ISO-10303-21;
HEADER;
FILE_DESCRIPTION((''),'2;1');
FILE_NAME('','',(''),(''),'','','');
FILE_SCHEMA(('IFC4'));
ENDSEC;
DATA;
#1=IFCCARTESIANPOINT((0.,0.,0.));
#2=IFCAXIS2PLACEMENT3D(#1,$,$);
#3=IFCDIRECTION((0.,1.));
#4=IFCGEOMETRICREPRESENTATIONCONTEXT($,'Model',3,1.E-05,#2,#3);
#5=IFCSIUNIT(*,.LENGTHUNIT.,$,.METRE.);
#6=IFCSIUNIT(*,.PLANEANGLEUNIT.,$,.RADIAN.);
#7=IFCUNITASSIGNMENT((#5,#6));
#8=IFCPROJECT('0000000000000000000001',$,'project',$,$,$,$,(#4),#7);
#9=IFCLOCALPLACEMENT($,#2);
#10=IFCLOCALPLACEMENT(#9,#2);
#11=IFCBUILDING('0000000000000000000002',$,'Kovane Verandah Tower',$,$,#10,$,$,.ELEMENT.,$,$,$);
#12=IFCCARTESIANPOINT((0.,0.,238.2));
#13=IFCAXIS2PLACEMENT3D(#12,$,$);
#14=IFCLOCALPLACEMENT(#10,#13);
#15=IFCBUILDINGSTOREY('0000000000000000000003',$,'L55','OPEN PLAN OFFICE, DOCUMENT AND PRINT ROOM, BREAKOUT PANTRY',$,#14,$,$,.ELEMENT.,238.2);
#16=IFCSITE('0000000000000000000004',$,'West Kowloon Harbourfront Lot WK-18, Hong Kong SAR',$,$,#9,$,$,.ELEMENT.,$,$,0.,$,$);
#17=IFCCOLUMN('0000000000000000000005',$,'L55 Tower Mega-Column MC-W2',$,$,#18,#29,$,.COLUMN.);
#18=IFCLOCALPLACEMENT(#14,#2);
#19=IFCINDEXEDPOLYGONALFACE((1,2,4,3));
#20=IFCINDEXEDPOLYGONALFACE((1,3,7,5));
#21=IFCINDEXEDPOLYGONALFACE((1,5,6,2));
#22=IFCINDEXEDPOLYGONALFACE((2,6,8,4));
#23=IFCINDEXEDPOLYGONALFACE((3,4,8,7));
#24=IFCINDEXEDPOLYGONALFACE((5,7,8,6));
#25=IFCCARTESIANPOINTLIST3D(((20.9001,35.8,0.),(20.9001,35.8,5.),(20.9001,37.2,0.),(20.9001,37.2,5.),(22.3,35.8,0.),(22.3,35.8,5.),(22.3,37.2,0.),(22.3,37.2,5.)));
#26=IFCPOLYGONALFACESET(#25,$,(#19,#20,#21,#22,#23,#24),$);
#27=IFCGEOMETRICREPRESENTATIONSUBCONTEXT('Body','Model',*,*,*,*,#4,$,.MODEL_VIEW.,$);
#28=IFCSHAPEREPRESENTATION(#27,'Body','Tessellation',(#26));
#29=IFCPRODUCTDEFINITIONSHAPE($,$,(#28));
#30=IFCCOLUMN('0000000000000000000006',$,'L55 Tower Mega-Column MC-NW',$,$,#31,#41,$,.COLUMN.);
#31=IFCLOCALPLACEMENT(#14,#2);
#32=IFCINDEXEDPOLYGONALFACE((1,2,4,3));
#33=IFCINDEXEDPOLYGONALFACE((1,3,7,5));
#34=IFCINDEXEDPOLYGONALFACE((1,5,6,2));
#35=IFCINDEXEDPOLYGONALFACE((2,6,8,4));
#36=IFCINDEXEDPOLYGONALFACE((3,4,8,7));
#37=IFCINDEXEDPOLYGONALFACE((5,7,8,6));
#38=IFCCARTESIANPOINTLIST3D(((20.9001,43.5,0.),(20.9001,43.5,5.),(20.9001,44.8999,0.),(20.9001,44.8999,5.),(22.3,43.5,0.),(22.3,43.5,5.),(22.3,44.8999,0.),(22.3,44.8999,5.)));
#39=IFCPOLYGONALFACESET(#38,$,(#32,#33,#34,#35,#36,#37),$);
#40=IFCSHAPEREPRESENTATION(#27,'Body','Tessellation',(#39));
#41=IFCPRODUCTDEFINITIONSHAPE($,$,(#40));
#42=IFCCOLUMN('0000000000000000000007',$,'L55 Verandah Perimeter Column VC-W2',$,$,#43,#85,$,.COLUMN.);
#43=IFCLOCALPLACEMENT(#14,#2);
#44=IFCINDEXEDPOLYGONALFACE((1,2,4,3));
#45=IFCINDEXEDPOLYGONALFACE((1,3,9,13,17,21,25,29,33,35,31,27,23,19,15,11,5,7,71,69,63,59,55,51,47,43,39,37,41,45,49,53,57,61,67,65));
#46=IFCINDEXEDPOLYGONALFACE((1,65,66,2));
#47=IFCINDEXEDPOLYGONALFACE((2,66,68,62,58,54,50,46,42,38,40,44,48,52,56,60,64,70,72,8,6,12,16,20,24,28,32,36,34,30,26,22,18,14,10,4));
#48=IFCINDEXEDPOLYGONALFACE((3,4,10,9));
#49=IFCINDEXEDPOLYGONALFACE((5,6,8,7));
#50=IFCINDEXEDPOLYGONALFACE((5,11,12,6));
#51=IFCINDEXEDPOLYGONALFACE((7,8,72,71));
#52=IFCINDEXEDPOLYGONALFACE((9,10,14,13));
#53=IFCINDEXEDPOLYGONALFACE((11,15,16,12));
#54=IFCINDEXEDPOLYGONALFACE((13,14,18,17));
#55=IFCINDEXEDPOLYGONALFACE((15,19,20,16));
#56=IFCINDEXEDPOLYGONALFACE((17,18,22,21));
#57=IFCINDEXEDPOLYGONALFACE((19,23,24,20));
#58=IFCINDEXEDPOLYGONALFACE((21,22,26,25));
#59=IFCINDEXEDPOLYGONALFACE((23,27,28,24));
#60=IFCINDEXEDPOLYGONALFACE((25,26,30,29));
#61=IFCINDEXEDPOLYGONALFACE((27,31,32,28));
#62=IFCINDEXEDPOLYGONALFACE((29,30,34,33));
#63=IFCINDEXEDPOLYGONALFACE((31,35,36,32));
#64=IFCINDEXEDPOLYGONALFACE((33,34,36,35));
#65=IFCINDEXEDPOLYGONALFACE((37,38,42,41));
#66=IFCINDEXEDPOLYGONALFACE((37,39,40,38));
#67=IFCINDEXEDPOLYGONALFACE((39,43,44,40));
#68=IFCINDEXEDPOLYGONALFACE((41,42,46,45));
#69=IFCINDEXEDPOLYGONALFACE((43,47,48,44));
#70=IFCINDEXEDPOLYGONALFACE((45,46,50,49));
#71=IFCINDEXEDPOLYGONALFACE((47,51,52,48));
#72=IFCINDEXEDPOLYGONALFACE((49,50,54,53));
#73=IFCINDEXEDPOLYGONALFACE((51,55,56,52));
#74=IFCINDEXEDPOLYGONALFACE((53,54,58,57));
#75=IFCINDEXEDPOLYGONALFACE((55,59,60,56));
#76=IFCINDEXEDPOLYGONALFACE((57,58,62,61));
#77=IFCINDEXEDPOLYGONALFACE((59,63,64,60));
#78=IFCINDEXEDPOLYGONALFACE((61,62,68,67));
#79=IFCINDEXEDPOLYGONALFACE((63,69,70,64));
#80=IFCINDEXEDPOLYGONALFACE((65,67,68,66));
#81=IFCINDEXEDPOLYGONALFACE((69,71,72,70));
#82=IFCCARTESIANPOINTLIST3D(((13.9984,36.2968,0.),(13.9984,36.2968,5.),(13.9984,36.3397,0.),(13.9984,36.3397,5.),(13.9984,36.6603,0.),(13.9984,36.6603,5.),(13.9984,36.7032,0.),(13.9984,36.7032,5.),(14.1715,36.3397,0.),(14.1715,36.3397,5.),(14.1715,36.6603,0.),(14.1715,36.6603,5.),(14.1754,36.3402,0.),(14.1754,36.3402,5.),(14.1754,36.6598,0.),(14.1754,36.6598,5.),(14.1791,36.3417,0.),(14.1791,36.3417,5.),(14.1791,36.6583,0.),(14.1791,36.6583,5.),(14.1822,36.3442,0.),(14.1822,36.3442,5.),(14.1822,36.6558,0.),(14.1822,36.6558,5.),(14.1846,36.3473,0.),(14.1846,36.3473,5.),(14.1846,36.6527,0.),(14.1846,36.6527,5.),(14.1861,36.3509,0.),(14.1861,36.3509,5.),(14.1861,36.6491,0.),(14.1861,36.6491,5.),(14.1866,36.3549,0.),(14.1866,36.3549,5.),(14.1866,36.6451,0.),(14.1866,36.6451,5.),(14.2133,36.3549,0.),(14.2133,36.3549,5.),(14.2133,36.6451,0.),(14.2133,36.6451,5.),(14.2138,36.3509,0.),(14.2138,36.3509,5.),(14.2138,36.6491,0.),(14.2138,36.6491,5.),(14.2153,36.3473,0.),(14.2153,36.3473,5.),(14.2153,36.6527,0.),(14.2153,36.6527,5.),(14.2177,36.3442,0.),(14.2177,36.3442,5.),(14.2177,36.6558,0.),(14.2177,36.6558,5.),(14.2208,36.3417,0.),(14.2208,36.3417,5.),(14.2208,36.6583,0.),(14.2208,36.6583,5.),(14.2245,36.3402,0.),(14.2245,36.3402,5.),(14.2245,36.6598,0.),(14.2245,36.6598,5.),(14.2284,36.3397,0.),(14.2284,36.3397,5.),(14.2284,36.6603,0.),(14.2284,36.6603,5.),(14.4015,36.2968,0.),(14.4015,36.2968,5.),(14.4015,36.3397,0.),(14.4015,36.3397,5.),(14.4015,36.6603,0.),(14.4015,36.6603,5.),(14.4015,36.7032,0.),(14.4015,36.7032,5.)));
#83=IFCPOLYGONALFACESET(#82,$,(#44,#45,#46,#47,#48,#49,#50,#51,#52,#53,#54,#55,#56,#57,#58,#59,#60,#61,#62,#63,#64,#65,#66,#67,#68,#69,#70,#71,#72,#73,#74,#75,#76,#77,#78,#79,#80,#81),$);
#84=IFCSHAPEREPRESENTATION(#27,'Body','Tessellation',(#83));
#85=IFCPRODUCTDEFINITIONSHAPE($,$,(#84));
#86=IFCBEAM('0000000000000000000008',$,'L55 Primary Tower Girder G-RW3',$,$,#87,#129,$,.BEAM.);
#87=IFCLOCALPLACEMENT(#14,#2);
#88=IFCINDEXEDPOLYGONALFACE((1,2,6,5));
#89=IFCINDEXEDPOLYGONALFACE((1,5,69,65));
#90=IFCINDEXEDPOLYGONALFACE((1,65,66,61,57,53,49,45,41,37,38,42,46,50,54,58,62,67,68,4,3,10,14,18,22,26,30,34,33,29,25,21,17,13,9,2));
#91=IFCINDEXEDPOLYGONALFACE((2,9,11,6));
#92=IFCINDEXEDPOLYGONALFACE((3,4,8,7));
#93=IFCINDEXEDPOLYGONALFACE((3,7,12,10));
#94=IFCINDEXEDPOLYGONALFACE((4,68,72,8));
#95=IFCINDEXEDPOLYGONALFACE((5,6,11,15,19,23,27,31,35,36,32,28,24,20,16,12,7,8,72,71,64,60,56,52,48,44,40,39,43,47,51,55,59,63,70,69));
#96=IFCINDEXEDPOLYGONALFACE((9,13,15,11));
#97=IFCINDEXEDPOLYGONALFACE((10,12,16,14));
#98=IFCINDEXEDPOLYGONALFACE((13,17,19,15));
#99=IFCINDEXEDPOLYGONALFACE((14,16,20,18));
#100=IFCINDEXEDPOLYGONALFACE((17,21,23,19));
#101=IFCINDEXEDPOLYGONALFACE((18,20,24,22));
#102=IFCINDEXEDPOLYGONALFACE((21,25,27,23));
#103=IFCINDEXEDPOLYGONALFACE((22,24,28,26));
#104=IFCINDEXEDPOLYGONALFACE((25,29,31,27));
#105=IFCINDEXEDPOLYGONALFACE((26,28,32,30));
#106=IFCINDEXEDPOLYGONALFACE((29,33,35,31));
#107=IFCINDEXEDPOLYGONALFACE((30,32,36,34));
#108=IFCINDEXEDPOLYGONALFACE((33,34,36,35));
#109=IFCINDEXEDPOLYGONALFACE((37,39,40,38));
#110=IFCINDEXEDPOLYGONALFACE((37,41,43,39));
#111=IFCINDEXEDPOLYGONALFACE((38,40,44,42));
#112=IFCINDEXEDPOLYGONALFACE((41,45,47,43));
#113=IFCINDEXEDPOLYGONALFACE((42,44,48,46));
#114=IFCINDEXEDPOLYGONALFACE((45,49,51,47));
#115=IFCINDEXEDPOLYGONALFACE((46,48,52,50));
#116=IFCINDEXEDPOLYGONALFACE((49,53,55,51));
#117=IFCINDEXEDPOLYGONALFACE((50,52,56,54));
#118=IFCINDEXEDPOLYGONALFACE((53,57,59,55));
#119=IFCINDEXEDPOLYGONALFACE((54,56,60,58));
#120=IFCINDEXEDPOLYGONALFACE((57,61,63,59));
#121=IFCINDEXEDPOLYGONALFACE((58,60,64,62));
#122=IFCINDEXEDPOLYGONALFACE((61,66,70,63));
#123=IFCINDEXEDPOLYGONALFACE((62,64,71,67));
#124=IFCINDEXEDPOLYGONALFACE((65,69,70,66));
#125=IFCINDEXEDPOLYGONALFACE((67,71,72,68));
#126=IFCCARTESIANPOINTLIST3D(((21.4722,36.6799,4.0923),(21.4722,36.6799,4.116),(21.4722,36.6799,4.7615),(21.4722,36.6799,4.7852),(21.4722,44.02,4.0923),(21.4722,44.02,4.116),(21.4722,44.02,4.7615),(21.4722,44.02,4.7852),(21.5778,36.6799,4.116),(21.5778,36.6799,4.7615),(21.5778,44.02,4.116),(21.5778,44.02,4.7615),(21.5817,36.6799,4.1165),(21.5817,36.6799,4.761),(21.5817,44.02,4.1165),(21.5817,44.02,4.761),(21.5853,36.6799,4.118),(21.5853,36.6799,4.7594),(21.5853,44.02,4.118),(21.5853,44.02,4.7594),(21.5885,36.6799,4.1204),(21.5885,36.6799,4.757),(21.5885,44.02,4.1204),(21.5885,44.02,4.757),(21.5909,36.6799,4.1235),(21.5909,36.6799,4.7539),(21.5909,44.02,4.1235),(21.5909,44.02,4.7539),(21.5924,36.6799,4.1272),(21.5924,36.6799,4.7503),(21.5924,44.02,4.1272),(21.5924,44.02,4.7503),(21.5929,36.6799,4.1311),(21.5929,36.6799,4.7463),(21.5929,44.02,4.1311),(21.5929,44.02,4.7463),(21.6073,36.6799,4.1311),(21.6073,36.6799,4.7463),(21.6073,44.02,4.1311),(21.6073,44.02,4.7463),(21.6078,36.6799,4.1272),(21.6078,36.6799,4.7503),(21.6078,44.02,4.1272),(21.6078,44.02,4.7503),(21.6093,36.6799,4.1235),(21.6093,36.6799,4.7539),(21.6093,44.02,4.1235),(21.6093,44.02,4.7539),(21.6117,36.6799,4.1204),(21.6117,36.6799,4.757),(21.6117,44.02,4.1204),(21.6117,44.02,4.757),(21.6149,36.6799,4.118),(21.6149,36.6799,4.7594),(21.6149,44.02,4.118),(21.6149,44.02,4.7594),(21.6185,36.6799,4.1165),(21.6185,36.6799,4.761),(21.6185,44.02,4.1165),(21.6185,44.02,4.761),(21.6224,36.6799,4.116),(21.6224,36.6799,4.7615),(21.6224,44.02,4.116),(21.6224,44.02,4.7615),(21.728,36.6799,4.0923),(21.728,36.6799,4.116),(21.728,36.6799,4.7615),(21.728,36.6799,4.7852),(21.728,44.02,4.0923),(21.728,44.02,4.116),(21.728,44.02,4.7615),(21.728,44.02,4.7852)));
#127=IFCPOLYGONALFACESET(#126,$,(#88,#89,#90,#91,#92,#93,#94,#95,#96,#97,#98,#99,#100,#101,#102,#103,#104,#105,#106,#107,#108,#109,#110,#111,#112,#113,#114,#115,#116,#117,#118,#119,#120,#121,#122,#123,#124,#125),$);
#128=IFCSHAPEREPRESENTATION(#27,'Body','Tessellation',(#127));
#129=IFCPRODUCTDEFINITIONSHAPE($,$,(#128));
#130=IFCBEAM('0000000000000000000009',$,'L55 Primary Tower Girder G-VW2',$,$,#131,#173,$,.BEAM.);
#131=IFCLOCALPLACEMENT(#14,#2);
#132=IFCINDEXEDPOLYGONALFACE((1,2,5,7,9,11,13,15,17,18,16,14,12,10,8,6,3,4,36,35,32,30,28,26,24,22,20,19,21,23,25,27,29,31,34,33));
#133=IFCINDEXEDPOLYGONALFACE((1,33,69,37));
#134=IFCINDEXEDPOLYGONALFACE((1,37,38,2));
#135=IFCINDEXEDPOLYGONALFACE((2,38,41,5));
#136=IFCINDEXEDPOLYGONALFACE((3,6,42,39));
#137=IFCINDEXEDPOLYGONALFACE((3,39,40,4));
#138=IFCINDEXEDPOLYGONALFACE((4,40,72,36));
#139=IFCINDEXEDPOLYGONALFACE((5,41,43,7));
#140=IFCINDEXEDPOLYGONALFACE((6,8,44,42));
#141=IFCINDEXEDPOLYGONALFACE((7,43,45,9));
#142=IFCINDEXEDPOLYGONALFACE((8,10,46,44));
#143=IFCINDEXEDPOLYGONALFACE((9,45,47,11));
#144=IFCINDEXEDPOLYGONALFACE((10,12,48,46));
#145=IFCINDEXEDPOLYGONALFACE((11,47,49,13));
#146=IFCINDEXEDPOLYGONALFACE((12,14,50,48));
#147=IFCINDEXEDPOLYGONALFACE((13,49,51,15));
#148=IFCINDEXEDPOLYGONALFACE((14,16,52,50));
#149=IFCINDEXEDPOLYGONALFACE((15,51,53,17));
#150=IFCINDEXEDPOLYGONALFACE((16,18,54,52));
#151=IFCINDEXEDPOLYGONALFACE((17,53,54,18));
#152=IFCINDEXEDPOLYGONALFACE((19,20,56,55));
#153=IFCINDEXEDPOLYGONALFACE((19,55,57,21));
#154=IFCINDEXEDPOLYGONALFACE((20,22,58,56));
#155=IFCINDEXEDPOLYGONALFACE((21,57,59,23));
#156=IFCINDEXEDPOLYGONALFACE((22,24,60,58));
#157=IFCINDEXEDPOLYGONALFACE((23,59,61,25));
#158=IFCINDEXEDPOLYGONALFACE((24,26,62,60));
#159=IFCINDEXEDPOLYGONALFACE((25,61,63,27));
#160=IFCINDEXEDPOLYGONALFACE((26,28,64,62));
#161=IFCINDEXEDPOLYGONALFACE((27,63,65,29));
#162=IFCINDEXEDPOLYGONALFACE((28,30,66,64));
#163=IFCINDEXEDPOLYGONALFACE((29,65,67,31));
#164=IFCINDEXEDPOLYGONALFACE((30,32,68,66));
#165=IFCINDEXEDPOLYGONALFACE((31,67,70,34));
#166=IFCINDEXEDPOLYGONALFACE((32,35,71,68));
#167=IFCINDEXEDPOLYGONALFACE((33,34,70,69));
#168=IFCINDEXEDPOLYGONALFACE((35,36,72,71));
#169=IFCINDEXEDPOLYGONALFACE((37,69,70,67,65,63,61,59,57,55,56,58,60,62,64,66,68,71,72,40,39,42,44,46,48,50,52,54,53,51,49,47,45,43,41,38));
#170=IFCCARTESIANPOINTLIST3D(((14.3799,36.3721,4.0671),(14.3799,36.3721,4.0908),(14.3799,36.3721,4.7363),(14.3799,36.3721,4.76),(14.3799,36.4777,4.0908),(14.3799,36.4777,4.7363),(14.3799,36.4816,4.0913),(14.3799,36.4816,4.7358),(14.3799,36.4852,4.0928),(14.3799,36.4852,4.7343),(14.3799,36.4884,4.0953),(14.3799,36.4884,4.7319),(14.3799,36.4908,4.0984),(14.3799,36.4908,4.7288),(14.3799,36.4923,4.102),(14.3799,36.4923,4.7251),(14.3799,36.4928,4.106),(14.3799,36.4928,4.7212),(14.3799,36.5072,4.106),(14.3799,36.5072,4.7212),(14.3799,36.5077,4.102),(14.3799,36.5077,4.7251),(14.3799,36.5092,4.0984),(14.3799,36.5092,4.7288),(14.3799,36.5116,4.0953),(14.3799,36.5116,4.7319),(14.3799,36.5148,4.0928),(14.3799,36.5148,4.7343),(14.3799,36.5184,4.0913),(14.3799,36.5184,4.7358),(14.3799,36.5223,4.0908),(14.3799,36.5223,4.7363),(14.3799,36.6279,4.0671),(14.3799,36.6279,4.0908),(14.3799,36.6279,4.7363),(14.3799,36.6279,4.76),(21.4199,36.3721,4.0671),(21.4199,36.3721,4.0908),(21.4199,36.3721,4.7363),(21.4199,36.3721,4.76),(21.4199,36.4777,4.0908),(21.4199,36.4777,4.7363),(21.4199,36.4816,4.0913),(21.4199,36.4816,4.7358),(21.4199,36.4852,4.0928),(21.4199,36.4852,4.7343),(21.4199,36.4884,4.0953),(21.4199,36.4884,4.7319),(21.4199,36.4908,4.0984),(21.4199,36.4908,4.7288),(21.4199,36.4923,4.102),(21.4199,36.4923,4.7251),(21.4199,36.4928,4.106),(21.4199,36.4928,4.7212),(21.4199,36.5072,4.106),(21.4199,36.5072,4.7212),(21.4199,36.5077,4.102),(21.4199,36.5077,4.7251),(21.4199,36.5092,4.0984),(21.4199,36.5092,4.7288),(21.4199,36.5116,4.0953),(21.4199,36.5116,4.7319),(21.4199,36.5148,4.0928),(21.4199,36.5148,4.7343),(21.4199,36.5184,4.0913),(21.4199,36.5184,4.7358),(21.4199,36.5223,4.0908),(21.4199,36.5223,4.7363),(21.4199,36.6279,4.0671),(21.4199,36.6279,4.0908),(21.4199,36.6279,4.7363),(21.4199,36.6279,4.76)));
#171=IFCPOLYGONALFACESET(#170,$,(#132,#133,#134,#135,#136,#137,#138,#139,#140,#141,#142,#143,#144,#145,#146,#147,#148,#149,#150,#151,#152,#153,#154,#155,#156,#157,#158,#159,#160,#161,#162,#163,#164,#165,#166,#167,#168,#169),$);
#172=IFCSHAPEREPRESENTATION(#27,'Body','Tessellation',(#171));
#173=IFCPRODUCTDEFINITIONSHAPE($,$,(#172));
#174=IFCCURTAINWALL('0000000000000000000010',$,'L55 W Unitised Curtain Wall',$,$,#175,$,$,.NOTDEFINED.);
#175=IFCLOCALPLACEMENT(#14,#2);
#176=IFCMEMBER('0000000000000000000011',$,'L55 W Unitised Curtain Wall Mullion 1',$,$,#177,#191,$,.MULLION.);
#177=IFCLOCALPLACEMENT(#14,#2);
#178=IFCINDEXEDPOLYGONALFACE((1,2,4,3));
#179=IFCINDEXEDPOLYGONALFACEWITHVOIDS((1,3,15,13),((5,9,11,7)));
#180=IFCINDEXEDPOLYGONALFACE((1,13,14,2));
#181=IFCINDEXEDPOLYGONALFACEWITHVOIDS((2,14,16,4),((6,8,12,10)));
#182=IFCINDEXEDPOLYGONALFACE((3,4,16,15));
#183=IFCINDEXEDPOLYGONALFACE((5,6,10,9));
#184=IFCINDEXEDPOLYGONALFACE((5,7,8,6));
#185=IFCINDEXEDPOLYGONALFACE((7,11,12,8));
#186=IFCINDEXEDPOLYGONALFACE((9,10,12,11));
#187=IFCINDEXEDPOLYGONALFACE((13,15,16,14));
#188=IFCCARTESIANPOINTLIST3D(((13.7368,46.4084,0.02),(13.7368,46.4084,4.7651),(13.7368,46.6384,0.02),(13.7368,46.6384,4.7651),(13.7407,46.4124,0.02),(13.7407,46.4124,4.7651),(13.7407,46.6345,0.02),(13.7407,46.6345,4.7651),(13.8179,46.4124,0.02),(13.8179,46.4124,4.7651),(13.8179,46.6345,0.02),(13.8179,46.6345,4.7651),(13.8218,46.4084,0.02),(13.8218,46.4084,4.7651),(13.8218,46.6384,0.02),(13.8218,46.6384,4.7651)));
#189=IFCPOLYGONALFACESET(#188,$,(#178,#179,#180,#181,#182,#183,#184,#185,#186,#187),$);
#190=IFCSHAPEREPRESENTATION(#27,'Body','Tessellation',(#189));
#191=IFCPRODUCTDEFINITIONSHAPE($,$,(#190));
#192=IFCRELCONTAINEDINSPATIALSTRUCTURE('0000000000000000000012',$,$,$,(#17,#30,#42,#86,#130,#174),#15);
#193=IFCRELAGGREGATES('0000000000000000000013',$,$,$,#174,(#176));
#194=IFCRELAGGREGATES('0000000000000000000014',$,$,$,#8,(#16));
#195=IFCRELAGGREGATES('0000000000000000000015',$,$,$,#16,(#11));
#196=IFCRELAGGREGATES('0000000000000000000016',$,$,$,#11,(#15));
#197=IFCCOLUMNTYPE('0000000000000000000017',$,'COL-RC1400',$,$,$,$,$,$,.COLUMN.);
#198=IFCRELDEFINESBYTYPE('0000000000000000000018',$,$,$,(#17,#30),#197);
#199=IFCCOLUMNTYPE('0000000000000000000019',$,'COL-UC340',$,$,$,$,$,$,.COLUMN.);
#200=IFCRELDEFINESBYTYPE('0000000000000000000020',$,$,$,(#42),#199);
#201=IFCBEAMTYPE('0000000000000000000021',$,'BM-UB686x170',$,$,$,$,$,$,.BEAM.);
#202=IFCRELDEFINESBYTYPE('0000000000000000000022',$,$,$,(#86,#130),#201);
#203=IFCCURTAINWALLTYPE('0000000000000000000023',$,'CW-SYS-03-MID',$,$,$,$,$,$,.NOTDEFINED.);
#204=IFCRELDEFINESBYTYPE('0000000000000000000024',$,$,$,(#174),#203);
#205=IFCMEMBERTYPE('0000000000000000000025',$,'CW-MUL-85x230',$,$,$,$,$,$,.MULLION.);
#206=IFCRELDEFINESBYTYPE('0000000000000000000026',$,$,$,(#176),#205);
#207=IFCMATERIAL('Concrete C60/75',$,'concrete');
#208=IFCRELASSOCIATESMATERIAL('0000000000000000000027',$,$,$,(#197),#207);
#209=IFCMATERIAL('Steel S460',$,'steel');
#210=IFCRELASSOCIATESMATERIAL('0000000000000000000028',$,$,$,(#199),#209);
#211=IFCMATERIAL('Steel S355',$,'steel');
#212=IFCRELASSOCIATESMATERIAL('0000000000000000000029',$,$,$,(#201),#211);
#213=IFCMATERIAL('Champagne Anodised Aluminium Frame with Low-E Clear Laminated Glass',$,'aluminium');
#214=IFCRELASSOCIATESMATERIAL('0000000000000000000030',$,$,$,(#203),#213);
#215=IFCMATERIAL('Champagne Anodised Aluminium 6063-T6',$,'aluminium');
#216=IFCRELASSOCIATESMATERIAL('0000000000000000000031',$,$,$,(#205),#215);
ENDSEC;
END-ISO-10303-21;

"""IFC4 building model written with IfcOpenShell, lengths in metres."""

from ifc_helpers import new_model, si_unit, direction, frame, origin, origin_2d, place, context, subcontext, project, spatial, rectangle, hollow_rectangle, i_section, extrude, material, material_profile, profile_set, type_object, element, aggregate, save


model = new_model("IFC4")

# Units and contexts
model_context = context("Model", 3, precision=1e-05, world=origin(), true_north=direction((0.0, 1.0)))
body_context = subcontext(model_context, "Body", "Model", "MODEL_VIEW")
ifc_project = project(units=[si_unit("LENGTHUNIT", "METRE"), si_unit("PLANEANGLEUNIT", "RADIAN")], contexts=[model_context])

# Site, building, storey
site_placement = place(None, origin())
site = spatial("IfcSite", under=ifc_project, at=site_placement, Name="West Kowloon Harbourfront Lot WK-18, Hong Kong SAR", CompositionType="ELEMENT", RefElevation=0.0)
building_placement = place(site_placement, origin())
building = spatial("IfcBuilding", under=site, at=building_placement, Name="Kovane Verandah Tower", CompositionType="ELEMENT")
storey_placement = place(building_placement, frame((0.0, 0.0, 238.2)))
storey = spatial("IfcBuildingStorey", under=building, at=storey_placement, Name="L55", Description="OPEN PLAN OFFICE, DOCUMENT AND PRINT ROOM, BREAKOUT PANTRY", CompositionType="ELEMENT", Elevation=238.2)

# Columns
ifc_material_1 = material(Name="Concrete C60/75", Category="concrete")
ifc_material_profile_1 = material_profile(ifc_material_1, rectangle(XDim=1.3999, YDim=1.3999, at=origin_2d()), Name="RC1400x1400")
ifc_profile_set_1 = profile_set([ifc_material_profile_1], Name="Concrete C60/75")
column_type_1 = type_object("IfcColumnType", Name="COL-RC1400", PredefinedType="COLUMN", material=ifc_profile_set_1)
for number, where, z_axis, x_axis, name in (
    (1, (21.6001, 36.5, 0.0), (0.0, 0.0, 1.0), (1.0, 0.0, 0.0), "L55 Tower Mega-Column MC-W2"),
    (2, (21.6001, 44.2, 0.0), (0.0, 0.0, 1.0), (1.0, 0.0, 0.0), "L55 Tower Mega-Column MC-NW"),
):
    element("IfcColumn", number, at=place(storey_placement, frame(where, z_axis=z_axis, x_axis=x_axis)), inside=storey, type_object=column_type_1, Name=name, PredefinedType="COLUMN", context=body_context, shape_type="SweptSolid", body=[
        extrude(rectangle(XDim=1.3999, YDim=1.3999, at=origin_2d()), origin(), (0.0, 0.0, 1.0), 5.0),
    ])
ifc_material_2 = material(Name="Steel S460", Category="steel")
ifc_material_profile_2 = material_profile(ifc_material_2, i_section(OverallWidth=0.4031, OverallDepth=0.4065, WebThickness=0.0266, FlangeThickness=0.043, FilletRadius=0.0151, at=origin_2d()), Name="UC356x406x340")
ifc_profile_set_2 = profile_set([ifc_material_profile_2], Name="Steel S460")
column_type_2 = type_object("IfcColumnType", Name="COL-UC340", PredefinedType="COLUMN", material=ifc_profile_set_2)
column_placement = place(storey_placement, frame((14.2, 36.5, 0.0), z_axis=(0.0, 0.0, 1.0), x_axis=(1.0, 0.0, 0.0)))
element("IfcColumn", 3, at=column_placement, inside=storey, type_object=column_type_2, Name="L55 Verandah Perimeter Column VC-W2", PredefinedType="COLUMN", context=body_context, shape_type="SweptSolid", body=[
    extrude(i_section(OverallWidth=0.4031, OverallDepth=0.4065, WebThickness=0.0266, FlangeThickness=0.043, FilletRadius=0.0151, at=origin_2d()), origin(), (0.0, 0.0, 1.0), 5.0),
])

# Beams
ifc_material_3 = material(Name="Steel S355", Category="steel")
ifc_material_profile_3 = material_profile(ifc_material_3, i_section(OverallWidth=0.2559, OverallDepth=0.6929, WebThickness=0.0144, FlangeThickness=0.0237, FilletRadius=0.0151, at=origin_2d()), Name="UB686x254x170")
ifc_profile_set_3 = profile_set([ifc_material_profile_3], Name="Steel S355")
beam_type = type_object("IfcBeamType", Name="BM-UB686x170", PredefinedType="BEAM", material=ifc_profile_set_3)
beam_1_placement = place(storey_placement, frame((21.6001, 36.6799, 4.4387), z_axis=(0.0, 1.0, 0.0), x_axis=(-1.0, 0.0, 0.0)))
element("IfcBeam", 4, at=beam_1_placement, inside=storey, type_object=beam_type, Name="L55 Primary Tower Girder G-RW3", PredefinedType="BEAM", context=body_context, shape_type="SweptSolid", body=[
    extrude(i_section(OverallWidth=0.2559, OverallDepth=0.6929, WebThickness=0.0144, FlangeThickness=0.0237, FilletRadius=0.0151, at=origin_2d()), origin(), (0.0, 0.0, 1.0), 7.3401),
])
beam_2_placement = place(storey_placement, frame((21.4199, 36.5, 4.4136), z_axis=(-1.0, 0.0, 0.0), x_axis=(0.0, -1.0, 0.0)))
element("IfcBeam", 5, at=beam_2_placement, inside=storey, type_object=beam_type, Name="L55 Primary Tower Girder G-VW2", PredefinedType="BEAM", context=body_context, shape_type="SweptSolid", body=[
    extrude(i_section(OverallWidth=0.2559, OverallDepth=0.6929, WebThickness=0.0144, FlangeThickness=0.0237, FilletRadius=0.0151, at=origin_2d()), origin(), (0.0, 0.0, 1.0), 7.04),
])

# Curtain wall, member
ifc_material_4 = material(Name="Champagne Anodised Aluminium Frame with Low-E Clear Laminated Glass", Category="aluminium")
curtain_wall_type = type_object("IfcCurtainWallType", Name="CW-SYS-03-MID", PredefinedType="NOTDEFINED", material=ifc_material_4)
curtain_wall_placement = place(storey_placement, origin())
curtain_wall = element("IfcCurtainWall", 6, at=curtain_wall_placement, inside=storey, type_object=curtain_wall_type, Name="L55 W Unitised Curtain Wall", PredefinedType="NOTDEFINED")
ifc_material_5 = material(Name="Champagne Anodised Aluminium 6063-T6", Category="aluminium")
ifc_material_profile_4 = material_profile(ifc_material_5, hollow_rectangle(XDim=0.085, YDim=0.23, WallThickness=0.0039, at=origin_2d()), Name="AL85x230x4")
ifc_profile_set_4 = profile_set([ifc_material_profile_4], Name="Champagne Anodised Aluminium 6063-T6")
member_type_1 = type_object("IfcMemberType", Name="CW-MUL-85x230", PredefinedType="MULLION", material=ifc_profile_set_4)
member_1_placement = place(storey_placement, frame((13.7793, 46.5234, 0.02), z_axis=(0.0, 0.0, 1.0), x_axis=(-1.0, 0.0, 0.0)))
member_1 = element("IfcMember", 7, at=member_1_placement, type_object=member_type_1, Name="L55 W Unitised Curtain Wall Mullion 1", PredefinedType="MULLION", context=body_context, shape_type="SweptSolid", body=[
    extrude(hollow_rectangle(XDim=0.085, YDim=0.23, WallThickness=0.0039, at=origin_2d()), origin(), (0.0, 0.0, 1.0), 4.7451),
])
aggregate(curtain_wall, [member_1])

save(model, "model.ifc")
